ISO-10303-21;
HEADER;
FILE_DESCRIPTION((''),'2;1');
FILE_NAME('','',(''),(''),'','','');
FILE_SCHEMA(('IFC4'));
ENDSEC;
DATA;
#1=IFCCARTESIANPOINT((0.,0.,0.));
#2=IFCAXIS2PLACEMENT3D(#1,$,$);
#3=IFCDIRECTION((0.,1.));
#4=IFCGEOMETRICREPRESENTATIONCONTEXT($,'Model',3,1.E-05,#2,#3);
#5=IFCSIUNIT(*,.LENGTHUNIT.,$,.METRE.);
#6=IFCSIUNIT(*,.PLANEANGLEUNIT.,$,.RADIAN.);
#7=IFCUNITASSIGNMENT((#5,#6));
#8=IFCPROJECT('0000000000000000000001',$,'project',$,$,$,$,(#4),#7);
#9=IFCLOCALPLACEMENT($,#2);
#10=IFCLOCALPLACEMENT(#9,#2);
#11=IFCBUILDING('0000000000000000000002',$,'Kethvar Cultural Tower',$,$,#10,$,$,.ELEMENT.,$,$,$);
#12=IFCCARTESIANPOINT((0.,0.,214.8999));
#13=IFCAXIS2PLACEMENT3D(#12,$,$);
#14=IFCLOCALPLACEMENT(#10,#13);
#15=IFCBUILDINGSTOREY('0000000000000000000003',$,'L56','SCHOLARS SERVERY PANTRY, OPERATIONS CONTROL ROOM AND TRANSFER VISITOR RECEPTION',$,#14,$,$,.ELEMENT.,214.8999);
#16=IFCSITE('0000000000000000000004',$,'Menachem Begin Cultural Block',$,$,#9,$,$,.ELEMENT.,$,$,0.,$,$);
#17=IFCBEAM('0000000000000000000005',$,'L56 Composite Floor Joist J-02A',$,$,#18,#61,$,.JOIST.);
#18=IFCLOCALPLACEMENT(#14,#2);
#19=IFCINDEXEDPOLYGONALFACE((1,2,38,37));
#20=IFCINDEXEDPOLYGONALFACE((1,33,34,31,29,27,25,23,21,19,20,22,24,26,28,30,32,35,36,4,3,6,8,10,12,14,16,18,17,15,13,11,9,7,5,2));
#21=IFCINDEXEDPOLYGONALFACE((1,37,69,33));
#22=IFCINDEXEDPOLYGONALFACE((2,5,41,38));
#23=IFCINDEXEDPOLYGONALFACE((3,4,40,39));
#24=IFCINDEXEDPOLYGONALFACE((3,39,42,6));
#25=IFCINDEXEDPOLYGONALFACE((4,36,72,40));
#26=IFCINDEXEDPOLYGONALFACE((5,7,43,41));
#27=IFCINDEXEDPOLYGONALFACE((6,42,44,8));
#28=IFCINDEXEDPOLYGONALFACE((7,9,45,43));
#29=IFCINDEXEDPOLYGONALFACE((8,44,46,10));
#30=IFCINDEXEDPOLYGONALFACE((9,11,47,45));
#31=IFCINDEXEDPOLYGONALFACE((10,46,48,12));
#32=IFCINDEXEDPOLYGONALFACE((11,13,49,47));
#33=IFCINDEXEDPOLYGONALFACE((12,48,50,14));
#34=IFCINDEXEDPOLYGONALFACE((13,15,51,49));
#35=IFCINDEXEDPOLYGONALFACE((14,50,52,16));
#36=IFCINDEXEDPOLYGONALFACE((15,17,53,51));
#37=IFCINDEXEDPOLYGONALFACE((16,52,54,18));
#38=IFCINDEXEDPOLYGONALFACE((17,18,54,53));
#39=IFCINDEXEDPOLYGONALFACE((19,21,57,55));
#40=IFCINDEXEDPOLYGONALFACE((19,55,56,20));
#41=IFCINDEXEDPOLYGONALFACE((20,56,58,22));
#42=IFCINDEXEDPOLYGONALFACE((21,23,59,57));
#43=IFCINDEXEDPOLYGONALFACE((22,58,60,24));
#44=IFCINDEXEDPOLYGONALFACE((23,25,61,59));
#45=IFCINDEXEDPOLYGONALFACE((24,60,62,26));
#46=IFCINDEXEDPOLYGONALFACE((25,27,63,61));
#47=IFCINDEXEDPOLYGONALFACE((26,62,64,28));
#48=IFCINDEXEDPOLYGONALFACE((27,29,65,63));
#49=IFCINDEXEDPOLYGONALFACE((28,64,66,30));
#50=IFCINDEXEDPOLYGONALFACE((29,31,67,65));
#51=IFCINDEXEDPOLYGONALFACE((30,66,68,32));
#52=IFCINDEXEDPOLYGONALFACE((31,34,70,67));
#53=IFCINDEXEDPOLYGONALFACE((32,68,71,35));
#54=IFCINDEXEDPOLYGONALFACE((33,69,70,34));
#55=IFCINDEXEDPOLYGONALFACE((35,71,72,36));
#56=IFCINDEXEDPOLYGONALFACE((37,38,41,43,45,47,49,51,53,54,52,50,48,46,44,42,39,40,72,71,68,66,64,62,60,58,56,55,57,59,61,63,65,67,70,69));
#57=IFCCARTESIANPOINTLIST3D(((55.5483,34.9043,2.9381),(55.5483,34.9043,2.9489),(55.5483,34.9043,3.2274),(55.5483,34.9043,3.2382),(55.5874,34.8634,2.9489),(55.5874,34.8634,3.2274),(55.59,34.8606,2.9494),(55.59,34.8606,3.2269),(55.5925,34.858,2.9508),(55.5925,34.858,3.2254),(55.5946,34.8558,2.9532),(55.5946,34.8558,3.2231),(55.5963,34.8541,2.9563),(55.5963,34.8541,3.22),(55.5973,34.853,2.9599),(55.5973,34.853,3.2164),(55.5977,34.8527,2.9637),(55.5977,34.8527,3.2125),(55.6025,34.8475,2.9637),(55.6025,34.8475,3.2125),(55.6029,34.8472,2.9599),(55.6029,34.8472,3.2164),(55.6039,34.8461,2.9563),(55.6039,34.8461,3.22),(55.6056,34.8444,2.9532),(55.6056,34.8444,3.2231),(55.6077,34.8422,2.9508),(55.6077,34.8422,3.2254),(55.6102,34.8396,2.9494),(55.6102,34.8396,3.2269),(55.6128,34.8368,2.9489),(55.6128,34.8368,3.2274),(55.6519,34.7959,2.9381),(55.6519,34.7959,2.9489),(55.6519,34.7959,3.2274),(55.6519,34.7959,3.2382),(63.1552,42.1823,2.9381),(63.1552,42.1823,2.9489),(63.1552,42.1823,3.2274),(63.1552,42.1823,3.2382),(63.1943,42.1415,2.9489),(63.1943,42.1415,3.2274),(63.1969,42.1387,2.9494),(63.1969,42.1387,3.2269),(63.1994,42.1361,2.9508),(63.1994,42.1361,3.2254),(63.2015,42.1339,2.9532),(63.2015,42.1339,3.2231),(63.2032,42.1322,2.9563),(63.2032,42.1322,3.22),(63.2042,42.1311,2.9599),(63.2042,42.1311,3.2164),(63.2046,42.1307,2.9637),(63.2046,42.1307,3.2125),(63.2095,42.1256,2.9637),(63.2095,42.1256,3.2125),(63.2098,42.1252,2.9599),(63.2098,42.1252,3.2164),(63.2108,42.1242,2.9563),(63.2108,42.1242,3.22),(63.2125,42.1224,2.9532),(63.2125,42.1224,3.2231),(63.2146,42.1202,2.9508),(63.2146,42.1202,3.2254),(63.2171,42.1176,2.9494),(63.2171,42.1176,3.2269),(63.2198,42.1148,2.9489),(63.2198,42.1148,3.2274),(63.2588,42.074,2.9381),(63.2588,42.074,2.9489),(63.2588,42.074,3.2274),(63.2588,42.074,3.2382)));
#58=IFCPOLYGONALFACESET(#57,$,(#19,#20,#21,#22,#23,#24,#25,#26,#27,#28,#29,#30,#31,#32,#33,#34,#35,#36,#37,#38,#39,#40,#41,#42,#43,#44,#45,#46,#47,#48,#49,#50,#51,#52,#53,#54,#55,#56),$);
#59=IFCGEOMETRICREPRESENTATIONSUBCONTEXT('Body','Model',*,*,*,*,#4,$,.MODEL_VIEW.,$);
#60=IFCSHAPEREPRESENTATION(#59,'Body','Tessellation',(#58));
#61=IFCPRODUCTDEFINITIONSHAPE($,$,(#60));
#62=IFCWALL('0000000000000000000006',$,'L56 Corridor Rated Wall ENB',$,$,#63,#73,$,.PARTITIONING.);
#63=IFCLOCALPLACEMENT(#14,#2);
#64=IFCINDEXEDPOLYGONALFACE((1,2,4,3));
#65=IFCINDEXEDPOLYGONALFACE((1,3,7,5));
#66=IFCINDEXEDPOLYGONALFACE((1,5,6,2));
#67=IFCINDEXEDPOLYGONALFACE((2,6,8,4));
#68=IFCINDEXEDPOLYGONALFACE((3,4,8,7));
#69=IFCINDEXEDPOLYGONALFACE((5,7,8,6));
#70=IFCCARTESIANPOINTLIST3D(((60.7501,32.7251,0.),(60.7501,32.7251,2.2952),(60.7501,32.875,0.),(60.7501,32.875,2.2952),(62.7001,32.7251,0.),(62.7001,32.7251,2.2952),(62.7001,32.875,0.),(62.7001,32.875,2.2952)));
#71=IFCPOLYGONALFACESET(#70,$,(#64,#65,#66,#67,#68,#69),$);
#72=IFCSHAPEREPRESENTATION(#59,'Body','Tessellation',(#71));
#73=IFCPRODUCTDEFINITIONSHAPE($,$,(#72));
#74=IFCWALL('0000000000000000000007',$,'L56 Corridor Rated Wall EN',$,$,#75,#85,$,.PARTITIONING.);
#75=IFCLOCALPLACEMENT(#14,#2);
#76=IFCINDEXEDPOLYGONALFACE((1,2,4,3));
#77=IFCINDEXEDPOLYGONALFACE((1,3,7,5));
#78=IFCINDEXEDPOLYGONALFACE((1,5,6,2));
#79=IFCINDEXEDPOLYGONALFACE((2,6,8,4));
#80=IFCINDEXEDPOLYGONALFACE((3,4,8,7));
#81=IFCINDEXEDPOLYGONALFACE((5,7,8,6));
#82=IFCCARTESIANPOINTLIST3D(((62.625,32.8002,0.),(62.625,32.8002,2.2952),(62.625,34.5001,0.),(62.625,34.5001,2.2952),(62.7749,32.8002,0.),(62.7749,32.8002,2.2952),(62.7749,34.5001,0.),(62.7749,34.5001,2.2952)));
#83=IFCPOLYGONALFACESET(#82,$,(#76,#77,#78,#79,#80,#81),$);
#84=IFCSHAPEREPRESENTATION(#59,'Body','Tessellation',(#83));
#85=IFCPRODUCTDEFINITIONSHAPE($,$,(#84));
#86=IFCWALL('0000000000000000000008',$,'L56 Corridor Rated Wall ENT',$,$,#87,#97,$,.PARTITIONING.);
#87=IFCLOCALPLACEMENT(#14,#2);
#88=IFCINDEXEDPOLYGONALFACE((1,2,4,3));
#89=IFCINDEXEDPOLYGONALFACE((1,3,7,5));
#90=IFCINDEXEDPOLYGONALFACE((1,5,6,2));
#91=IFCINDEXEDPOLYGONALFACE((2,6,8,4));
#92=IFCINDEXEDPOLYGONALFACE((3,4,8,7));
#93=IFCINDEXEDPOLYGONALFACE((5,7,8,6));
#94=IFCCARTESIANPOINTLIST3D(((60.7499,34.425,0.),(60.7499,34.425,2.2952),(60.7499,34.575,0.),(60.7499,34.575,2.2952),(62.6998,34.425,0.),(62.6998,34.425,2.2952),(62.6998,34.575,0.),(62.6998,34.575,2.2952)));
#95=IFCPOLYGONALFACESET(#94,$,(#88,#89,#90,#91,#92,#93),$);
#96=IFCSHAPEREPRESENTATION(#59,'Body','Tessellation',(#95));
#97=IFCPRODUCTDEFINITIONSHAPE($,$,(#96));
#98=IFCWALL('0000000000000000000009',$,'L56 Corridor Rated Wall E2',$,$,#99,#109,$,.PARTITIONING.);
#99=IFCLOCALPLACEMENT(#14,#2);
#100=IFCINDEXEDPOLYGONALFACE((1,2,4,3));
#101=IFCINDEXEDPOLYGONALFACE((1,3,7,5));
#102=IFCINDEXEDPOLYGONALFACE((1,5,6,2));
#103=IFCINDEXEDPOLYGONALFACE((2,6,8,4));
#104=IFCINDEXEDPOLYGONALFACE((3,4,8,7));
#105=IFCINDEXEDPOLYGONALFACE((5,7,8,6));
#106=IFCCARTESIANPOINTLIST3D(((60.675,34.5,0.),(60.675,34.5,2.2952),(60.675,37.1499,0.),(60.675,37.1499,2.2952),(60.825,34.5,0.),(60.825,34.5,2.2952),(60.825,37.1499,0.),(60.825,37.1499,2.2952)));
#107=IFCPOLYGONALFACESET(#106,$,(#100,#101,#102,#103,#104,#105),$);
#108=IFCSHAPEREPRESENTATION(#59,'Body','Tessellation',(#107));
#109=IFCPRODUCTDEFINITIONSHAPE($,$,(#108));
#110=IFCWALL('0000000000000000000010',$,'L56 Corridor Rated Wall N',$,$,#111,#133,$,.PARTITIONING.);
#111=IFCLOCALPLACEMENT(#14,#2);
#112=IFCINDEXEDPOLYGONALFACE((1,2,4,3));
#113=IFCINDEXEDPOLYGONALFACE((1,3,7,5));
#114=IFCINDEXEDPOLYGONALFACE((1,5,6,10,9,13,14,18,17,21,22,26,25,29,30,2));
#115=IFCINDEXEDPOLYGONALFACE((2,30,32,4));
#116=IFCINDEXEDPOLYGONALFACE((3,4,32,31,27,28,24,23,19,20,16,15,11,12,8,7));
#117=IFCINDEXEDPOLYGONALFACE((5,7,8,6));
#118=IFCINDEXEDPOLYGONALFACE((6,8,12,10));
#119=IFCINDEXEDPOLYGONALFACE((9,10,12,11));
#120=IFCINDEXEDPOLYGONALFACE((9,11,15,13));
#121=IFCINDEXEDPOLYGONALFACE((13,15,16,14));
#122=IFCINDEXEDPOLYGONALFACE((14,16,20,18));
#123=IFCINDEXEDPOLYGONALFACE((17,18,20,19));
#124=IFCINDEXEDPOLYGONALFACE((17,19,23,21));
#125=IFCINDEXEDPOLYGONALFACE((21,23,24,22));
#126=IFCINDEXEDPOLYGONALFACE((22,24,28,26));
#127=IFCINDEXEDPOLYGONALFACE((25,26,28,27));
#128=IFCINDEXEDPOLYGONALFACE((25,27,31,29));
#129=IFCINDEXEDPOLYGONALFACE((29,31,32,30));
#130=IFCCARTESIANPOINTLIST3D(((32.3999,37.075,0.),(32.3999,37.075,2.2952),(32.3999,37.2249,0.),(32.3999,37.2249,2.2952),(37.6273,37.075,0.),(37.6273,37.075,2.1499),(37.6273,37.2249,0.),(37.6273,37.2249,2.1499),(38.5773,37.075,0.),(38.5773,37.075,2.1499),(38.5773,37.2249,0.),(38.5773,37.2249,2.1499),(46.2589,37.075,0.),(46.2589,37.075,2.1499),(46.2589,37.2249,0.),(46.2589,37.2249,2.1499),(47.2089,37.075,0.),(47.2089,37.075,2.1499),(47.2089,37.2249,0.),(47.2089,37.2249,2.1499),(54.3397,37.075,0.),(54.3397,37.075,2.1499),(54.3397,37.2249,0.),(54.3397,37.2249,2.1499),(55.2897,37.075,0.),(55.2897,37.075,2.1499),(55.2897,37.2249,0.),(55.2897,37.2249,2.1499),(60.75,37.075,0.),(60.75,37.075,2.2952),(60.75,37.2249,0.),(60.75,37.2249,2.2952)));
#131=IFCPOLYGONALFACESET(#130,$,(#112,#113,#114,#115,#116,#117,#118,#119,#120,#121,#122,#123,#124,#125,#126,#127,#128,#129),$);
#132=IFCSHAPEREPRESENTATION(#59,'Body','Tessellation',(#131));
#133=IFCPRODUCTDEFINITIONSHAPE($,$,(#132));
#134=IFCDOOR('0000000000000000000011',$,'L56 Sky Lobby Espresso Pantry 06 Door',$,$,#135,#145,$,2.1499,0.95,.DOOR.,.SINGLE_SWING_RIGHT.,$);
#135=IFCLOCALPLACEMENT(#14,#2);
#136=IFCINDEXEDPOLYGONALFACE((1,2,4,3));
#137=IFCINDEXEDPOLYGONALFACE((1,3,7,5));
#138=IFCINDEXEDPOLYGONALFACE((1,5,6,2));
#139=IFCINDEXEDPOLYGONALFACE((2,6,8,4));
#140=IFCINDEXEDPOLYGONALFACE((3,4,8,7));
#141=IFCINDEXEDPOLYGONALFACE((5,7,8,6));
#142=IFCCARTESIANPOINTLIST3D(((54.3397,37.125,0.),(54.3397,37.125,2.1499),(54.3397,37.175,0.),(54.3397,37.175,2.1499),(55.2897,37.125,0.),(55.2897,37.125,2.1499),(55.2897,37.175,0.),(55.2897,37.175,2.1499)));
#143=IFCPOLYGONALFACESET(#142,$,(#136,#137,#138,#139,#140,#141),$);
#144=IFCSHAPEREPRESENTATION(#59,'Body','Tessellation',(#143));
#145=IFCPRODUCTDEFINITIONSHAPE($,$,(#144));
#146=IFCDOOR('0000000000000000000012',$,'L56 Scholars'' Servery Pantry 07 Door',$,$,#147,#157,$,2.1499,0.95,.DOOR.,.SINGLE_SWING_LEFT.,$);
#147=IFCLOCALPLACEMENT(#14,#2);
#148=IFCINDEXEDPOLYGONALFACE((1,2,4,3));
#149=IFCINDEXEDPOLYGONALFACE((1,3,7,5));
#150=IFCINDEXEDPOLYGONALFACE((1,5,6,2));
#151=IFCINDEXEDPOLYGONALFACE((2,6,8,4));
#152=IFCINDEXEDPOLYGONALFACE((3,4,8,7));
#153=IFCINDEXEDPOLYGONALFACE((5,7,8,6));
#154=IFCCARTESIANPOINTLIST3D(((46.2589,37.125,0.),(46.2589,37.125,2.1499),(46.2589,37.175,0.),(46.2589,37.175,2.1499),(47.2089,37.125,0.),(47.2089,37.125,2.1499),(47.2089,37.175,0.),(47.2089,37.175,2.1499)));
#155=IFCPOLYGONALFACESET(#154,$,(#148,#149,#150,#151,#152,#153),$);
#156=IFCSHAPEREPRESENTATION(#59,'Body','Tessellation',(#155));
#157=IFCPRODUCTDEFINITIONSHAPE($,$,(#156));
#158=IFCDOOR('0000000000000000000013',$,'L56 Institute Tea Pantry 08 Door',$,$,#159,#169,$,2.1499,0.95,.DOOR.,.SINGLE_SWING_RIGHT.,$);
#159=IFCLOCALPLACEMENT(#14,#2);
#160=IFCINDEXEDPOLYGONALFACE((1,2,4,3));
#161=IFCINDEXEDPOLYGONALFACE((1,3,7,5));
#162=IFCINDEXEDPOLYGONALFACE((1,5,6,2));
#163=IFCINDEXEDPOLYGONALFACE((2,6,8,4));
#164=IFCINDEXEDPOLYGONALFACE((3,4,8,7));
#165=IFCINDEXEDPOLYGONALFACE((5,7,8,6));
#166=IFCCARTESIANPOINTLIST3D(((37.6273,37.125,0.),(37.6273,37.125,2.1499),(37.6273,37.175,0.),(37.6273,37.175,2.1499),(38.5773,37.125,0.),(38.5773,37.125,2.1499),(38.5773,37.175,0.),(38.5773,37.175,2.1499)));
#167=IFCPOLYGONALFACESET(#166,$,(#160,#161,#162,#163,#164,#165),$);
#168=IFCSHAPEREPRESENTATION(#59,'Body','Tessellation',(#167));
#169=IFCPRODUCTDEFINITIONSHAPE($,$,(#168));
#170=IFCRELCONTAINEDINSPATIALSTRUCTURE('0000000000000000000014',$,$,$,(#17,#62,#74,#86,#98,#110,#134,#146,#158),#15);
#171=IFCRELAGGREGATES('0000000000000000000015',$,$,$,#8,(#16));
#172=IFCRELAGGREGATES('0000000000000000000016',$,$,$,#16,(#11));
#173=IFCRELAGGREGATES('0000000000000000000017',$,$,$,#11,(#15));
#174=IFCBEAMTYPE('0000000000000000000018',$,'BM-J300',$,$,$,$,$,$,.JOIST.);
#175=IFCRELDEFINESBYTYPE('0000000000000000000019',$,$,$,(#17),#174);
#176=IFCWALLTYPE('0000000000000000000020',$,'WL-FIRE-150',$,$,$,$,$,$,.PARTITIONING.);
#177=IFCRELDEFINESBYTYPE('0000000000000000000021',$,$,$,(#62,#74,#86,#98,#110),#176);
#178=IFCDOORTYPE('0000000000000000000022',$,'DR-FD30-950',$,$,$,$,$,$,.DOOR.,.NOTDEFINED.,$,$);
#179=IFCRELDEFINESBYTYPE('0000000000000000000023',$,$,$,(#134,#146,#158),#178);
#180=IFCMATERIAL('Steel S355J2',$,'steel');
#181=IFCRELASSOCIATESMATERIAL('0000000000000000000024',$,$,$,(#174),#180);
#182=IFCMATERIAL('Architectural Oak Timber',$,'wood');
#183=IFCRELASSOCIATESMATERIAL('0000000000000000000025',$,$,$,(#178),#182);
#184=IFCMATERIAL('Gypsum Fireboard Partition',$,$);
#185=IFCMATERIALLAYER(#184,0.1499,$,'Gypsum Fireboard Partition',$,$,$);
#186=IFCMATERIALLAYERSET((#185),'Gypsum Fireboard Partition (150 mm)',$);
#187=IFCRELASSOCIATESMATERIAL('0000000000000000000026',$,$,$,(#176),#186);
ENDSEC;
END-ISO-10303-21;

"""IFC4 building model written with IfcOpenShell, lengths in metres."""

from ifc_helpers import new_model, si_unit, direction, frame, frame_2d, origin, origin_2d, place, context, subcontext, project, spatial, rectangle, i_section, extrude, source, transform, mapped, material, layer, layer_set, material_profile, profile_set, type_object, element, fill, save


model = new_model("IFC4")

# Units and contexts
model_context = context("Model", 3, precision=1e-05, world=origin(), true_north=direction((0.0, 1.0)))
body_context = subcontext(model_context, "Body", "Model", "MODEL_VIEW")
ifc_project = project(units=[si_unit("LENGTHUNIT", "METRE"), si_unit("PLANEANGLEUNIT", "RADIAN")], contexts=[model_context])

# Site, building, storey
site_placement = place(None, origin())
site = spatial("IfcSite", under=ifc_project, at=site_placement, Name="Menachem Begin Cultural Block", CompositionType="ELEMENT", RefElevation=0.0)
building_placement = place(site_placement, origin())
building = spatial("IfcBuilding", under=site, at=building_placement, Name="Kethvar Cultural Tower", CompositionType="ELEMENT")
storey_placement = place(building_placement, frame((0.0, 0.0, 214.8999)))
storey = spatial("IfcBuildingStorey", under=building, at=storey_placement, Name="L56", Description="SCHOLARS SERVERY PANTRY, OPERATIONS CONTROL ROOM AND TRANSFER VISITOR RECEPTION", CompositionType="ELEMENT", Elevation=214.8999)

# Beam
ifc_material_1 = material(Name="Steel S355J2", Category="steel")
ifc_material_profile_1 = material_profile(ifc_material_1, i_section(OverallWidth=0.1499, OverallDepth=0.3, WebThickness=0.0071, FlangeThickness=0.0107, FilletRadius=0.0149, at=origin_2d()), Name="Steel S355J2 — IPE300")
ifc_profile_set_1 = profile_set([ifc_material_profile_1], Name="Steel S355J2 — IPE300")
beam_type_1 = type_object("IfcBeamType", Name="BM-J300", PredefinedType="JOIST", material=ifc_profile_set_1)
shared_shape_1 = source(origin(), body_context, "Body", "SweptSolid", [
    extrude(i_section(OverallWidth=0.1499, OverallDepth=0.3, WebThickness=0.0071, FlangeThickness=0.0107, FilletRadius=0.0149, at=origin_2d()), origin(), (0.0, 0.0, 1.0), 10.5278),
])
beam_1_placement = place(storey_placement, frame((55.6001, 34.8501, 3.0881), z_axis=(0.722553, 0.691316, 0.0), x_axis=(-0.691316, 0.722553, 0.0)))
element("IfcBeam", 1, at=beam_1_placement, inside=storey, type_object=beam_type_1, Name="L56 Composite Floor Joist J-02A", PredefinedType="JOIST", context=body_context, shape_type="MappedRepresentation", body=[
    mapped(shared_shape_1, transform((0.0, 0.0, 0.0), scale=1.0)),
])

# Shared definitions
ifc_material_2 = material(Name="Architectural Oak Timber", Category="wood")
door_type_1 = type_object("IfcDoorType", Name="DR-FD30-950", OperationType="NOTDEFINED", PredefinedType="DOOR", material=ifc_material_2)
shared_shape_2 = source(origin(), body_context, "Body", "SweptSolid", [
    extrude(rectangle(XDim=0.95, YDim=2.1499, at=frame_2d((0.4751, 1.075))), frame((0.0, 0.0249, 0.0), z_axis=(0.0, -1.0, 0.0), x_axis=(1.0, 0.0, 0.0)), (0.0, 0.0, 1.0), 0.05),
])

# Walls
ifc_material_3 = material(Name="Gypsum Fireboard Partition")
ifc_layer_1 = layer(ifc_material_3, 0.1499, Name="Gypsum Fireboard Partition")
ifc_layer_set_1 = layer_set([ifc_layer_1], Name="Gypsum Fireboard Partition (150 mm)")
wall_type_1 = type_object("IfcWallType", Name="WL-FIRE-150", PredefinedType="PARTITIONING", material=ifc_layer_set_1)
wall_1_placement = place(storey_placement, frame((60.75, 32.8, 0.0), z_axis=(0.0, 0.0, 1.0), x_axis=(1.0, 0.0, 0.0)))
element("IfcWall", 2, at=wall_1_placement, inside=storey, type_object=wall_type_1, Name="L56 Corridor Rated Wall ENB", PredefinedType="PARTITIONING", context=body_context, shape_type="SweptSolid", body=[
    extrude(rectangle(XDim=1.95, YDim=0.1499, at=frame_2d((0.9751, 0.0))), origin(), (0.0, 0.0, 1.0), 2.2952),
])
wall_2_placement = place(storey_placement, frame((62.7, 32.8, 0.0), z_axis=(0.0, 0.0, 1.0), x_axis=(0.0, 1.0, 0.0)))
element("IfcWall", 3, at=wall_2_placement, inside=storey, type_object=wall_type_1, Name="L56 Corridor Rated Wall EN", PredefinedType="PARTITIONING", context=body_context, shape_type="SweptSolid", body=[
    extrude(rectangle(XDim=1.7, YDim=0.1499, at=frame_2d((0.8501, 0.0))), origin(), (0.0, 0.0, 1.0), 2.2952),
])
wall_3_placement = place(storey_placement, frame((62.7, 34.5, 0.0), z_axis=(0.0, 0.0, 1.0), x_axis=(-1.0, 0.0, 0.0)))
element("IfcWall", 4, at=wall_3_placement, inside=storey, type_object=wall_type_1, Name="L56 Corridor Rated Wall ENT", PredefinedType="PARTITIONING", context=body_context, shape_type="SweptSolid", body=[
    extrude(rectangle(XDim=1.95, YDim=0.1499, at=frame_2d((0.9751, 0.0))), origin(), (0.0, 0.0, 1.0), 2.2952),
])
wall_4_placement = place(storey_placement, frame((60.75, 34.5, 0.0), z_axis=(0.0, 0.0, 1.0), x_axis=(0.0, 1.0, 0.0)))
element("IfcWall", 5, at=wall_4_placement, inside=storey, type_object=wall_type_1, Name="L56 Corridor Rated Wall E2", PredefinedType="PARTITIONING", context=body_context, shape_type="SweptSolid", body=[
    extrude(rectangle(XDim=2.6499, YDim=0.1499, at=frame_2d((1.325, 0.0))), origin(), (0.0, 0.0, 1.0), 2.2952),
])

# Wall, openings, doors
wall_5_placement = place(storey_placement, frame((60.75, 37.1499, 0.0), z_axis=(0.0, 0.0, 1.0), x_axis=(-1.0, 0.0, 0.0)))
wall_5 = element("IfcWall", 6, at=wall_5_placement, inside=storey, type_object=wall_type_1, Name="L56 Corridor Rated Wall N", PredefinedType="PARTITIONING", context=body_context, shape_type="SweptSolid", body=[
    extrude(rectangle(XDim=28.3501, YDim=0.1499, at=frame_2d((14.175, 0.0))), origin(), (0.0, 0.0, 1.0), 2.2952),
])
opening_1_placement = place(wall_5_placement, frame((5.4602, 0.0, 0.0)))
opening_1 = element("IfcOpeningElement", 7, at=opening_1_placement, cuts=wall_5, PredefinedType="OPENING", context=body_context, shape_type="SweptSolid", body=[
    extrude(rectangle(XDim=0.95, YDim=2.1499, at=frame_2d((0.4751, 1.075))), frame((0.0, 0.085, 0.0), z_axis=(0.0, -1.0, 0.0), x_axis=(1.0, 0.0, 0.0)), (0.0, 0.0, 1.0), 0.1699),
])
opening_2_placement = place(wall_5_placement, frame((13.541, 0.0, 0.0)))
opening_2 = element("IfcOpeningElement", 8, at=opening_2_placement, cuts=wall_5, PredefinedType="OPENING", context=body_context, shape_type="SweptSolid", body=[
    extrude(rectangle(XDim=0.95, YDim=2.1499, at=frame_2d((0.4751, 1.075))), frame((0.0, 0.085, 0.0), z_axis=(0.0, -1.0, 0.0), x_axis=(1.0, 0.0, 0.0)), (0.0, 0.0, 1.0), 0.1699),
])
opening_3_placement = place(wall_5_placement, frame((22.1726, 0.0, 0.0)))
opening_3 = element("IfcOpeningElement", 9, at=opening_3_placement, cuts=wall_5, PredefinedType="OPENING", context=body_context, shape_type="SweptSolid", body=[
    extrude(rectangle(XDim=0.95, YDim=2.1499, at=frame_2d((0.4751, 1.075))), frame((0.0, 0.085, 0.0), z_axis=(0.0, -1.0, 0.0), x_axis=(1.0, 0.0, 0.0)), (0.0, 0.0, 1.0), 0.1699),
])
door_1_placement = place(opening_1_placement, origin())
door_1 = element("IfcDoor", 10, at=door_1_placement, inside=storey, type_object=door_type_1, Name="L56 Sky Lobby Espresso Pantry 06 Door", OperationType="SINGLE_SWING_RIGHT", OverallHeight=2.1499, OverallWidth=0.95, PredefinedType="DOOR", context=body_context, shape_type="MappedRepresentation", body=[
    mapped(shared_shape_2, transform((0.0, 0.0, 0.0), scale=1.0)),
])
fill(opening_1, door_1)
door_2_placement = place(opening_2_placement, origin())
door_2 = element("IfcDoor", 11, at=door_2_placement, inside=storey, type_object=door_type_1, Name="L56 Scholars' Servery Pantry 07 Door", OperationType="SINGLE_SWING_LEFT", OverallHeight=2.1499, OverallWidth=0.95, PredefinedType="DOOR", context=body_context, shape_type="MappedRepresentation", body=[
    mapped(shared_shape_2, transform((0.0, 0.0, 0.0), scale=1.0)),
])
fill(opening_2, door_2)
door_3_placement = place(opening_3_placement, origin())
door_3 = element("IfcDoor", 12, at=door_3_placement, inside=storey, type_object=door_type_1, Name="L56 Institute Tea Pantry 08 Door", OperationType="SINGLE_SWING_RIGHT", OverallHeight=2.1499, OverallWidth=0.95, PredefinedType="DOOR", context=body_context, shape_type="MappedRepresentation", body=[
    mapped(shared_shape_2, transform((0.0, 0.0, 0.0), scale=1.0)),
])
fill(opening_3, door_3)

save(model, "model.ifc")
